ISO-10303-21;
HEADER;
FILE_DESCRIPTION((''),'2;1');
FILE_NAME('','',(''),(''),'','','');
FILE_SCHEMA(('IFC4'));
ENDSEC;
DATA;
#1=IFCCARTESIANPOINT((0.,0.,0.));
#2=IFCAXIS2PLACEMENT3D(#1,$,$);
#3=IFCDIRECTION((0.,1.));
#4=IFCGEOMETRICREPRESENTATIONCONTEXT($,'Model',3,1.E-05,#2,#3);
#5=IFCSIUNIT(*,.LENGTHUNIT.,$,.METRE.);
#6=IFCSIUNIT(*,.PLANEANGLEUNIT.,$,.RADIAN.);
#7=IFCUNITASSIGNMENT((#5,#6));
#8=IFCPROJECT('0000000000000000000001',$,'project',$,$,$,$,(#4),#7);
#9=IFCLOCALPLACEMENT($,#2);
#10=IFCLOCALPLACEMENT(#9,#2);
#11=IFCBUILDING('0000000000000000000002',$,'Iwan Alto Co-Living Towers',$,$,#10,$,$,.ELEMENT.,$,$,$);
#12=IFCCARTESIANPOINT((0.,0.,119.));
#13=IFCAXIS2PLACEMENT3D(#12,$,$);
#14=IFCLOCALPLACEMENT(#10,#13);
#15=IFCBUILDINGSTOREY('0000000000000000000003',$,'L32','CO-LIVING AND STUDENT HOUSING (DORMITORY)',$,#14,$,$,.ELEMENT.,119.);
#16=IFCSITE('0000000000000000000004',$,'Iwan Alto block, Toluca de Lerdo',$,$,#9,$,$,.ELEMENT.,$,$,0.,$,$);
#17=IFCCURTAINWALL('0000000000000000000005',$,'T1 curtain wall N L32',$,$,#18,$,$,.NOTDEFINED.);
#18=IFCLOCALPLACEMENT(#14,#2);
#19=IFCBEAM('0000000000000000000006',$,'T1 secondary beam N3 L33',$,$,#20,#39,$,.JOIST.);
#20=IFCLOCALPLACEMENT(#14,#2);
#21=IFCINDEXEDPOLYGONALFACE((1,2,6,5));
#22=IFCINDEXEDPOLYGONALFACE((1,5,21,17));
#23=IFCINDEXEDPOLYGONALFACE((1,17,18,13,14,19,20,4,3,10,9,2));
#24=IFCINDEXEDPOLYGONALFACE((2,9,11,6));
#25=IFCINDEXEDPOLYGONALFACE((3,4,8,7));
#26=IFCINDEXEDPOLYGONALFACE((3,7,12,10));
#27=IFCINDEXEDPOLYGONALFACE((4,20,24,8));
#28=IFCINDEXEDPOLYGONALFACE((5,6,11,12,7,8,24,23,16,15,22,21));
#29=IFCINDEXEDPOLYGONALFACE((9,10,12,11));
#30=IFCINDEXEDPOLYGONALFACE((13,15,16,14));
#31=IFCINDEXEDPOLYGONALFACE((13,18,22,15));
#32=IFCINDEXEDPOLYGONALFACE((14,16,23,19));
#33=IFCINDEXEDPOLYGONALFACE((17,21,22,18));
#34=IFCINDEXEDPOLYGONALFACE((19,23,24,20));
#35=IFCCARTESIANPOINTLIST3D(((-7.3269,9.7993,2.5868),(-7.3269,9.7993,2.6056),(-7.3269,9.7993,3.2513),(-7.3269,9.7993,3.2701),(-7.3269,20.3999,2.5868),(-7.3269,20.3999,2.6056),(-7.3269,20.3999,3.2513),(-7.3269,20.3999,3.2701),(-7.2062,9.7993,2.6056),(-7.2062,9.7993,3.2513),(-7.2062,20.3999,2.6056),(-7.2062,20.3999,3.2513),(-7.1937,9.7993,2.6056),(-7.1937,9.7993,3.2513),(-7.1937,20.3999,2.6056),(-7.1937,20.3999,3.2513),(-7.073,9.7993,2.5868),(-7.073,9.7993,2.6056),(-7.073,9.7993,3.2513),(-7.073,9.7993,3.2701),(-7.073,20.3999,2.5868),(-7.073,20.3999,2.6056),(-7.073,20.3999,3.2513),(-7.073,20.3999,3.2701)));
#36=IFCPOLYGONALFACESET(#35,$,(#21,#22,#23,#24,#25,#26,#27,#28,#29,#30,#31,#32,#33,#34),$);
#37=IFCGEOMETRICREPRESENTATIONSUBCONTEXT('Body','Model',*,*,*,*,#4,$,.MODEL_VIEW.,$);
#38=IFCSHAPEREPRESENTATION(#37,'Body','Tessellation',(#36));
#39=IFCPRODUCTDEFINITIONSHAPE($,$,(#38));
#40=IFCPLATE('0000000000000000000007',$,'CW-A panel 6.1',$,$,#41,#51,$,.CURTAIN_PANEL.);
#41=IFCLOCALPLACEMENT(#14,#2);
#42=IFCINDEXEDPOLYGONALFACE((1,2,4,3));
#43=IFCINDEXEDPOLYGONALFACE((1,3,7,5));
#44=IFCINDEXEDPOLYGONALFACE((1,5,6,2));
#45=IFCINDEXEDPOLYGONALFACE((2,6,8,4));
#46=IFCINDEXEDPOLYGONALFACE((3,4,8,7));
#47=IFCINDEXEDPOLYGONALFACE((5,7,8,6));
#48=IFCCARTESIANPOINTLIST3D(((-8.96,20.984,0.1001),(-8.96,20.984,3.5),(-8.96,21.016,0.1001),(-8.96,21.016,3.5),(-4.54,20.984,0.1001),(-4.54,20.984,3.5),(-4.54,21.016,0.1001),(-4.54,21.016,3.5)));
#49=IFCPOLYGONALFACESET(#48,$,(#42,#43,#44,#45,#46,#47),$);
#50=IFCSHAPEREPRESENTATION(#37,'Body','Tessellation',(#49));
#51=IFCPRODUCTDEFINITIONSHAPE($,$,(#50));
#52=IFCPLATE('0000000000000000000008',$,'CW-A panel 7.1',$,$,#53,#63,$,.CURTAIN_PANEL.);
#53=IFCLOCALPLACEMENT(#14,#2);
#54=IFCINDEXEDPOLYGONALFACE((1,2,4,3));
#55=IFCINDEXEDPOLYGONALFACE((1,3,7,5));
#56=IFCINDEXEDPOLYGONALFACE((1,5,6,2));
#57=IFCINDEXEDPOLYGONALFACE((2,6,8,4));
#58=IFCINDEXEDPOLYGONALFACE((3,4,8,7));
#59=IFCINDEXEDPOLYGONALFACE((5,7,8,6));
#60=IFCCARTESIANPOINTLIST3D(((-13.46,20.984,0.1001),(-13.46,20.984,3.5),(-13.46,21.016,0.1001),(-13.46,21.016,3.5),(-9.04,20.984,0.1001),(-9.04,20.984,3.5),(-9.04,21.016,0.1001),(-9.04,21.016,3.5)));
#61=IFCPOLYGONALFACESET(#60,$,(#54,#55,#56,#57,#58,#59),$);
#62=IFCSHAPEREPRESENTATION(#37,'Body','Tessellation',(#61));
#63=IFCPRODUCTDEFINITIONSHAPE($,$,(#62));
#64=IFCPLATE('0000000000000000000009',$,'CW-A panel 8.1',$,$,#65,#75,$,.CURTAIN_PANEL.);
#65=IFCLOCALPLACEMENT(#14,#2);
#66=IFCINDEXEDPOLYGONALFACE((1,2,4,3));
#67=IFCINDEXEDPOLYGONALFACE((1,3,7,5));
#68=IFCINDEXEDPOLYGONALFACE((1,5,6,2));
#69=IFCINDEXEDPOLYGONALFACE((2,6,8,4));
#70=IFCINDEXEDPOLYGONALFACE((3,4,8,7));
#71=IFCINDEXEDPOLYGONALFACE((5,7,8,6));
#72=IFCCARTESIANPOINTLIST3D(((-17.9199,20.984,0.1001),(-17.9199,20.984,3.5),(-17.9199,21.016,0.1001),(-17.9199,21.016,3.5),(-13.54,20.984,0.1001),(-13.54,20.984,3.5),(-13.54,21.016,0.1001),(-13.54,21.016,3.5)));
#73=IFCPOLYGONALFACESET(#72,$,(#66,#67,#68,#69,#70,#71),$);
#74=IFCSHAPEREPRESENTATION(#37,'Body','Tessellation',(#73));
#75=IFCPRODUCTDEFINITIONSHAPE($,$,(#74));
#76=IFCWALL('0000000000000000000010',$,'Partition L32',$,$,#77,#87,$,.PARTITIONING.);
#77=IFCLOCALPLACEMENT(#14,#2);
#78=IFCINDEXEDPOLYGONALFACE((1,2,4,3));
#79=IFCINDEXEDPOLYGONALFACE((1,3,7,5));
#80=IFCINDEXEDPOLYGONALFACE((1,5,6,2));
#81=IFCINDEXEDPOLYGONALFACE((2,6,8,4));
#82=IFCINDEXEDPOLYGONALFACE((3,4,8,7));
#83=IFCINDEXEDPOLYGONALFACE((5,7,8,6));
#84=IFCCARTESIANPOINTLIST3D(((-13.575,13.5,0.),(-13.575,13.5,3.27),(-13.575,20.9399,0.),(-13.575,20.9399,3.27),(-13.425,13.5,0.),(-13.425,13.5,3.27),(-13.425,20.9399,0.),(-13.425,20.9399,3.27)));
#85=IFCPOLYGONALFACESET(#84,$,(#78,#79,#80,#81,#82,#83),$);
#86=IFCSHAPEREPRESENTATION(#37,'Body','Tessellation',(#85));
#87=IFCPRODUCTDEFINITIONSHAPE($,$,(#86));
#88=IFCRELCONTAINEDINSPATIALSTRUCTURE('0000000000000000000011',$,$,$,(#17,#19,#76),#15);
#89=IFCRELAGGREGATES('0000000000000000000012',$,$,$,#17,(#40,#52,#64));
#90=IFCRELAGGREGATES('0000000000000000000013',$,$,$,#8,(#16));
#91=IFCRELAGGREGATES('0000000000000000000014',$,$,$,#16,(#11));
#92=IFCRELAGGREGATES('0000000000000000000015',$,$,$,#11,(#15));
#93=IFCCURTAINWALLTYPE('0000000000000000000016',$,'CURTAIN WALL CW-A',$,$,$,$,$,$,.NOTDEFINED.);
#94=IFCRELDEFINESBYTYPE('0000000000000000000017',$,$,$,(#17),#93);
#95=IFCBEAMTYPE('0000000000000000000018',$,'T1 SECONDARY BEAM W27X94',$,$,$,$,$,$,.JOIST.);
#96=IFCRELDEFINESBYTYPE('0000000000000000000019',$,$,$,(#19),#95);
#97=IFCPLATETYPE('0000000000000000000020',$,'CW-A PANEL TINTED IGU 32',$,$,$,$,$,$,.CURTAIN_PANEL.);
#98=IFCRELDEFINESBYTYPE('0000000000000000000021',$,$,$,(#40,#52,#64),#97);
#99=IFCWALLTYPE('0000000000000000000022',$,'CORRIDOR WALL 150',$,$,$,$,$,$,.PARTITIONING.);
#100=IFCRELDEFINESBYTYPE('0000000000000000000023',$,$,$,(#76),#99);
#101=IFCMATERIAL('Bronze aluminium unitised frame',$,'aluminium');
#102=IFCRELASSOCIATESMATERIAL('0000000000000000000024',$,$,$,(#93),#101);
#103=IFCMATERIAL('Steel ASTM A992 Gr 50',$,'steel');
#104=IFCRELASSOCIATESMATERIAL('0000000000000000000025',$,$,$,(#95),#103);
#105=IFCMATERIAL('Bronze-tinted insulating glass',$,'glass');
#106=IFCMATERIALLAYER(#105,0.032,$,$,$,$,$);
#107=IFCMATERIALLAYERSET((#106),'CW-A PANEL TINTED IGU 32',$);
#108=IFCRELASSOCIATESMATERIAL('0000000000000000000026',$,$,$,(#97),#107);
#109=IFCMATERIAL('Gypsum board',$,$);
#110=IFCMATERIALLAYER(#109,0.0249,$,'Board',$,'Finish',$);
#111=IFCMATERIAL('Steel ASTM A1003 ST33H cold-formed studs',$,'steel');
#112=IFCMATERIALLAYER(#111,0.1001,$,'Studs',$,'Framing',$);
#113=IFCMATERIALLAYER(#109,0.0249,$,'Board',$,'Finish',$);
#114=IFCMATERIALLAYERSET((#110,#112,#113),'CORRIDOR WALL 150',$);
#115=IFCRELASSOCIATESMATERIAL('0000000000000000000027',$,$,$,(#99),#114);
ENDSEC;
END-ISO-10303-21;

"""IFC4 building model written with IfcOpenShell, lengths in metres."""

from ifc_helpers import new_model, si_unit, direction, frame, frame_2d, origin, origin_2d, place, context, subcontext, project, spatial, rectangle, i_section, extrude, material, layer, layer_set, material_profile, profile_set, type_object, element, aggregate, save


model = new_model("IFC4")

# Units and contexts
model_context = context("Model", 3, precision=1e-05, world=origin(), true_north=direction((0.0, 1.0)))
body_context = subcontext(model_context, "Body", "Model", "MODEL_VIEW")
ifc_project = project(units=[si_unit("LENGTHUNIT", "METRE"), si_unit("PLANEANGLEUNIT", "RADIAN")], contexts=[model_context])

# Site, building, storey
site_placement = place(None, origin())
site = spatial("IfcSite", under=ifc_project, at=site_placement, Name="Iwan Alto block, Toluca de Lerdo", CompositionType="ELEMENT", RefElevation=0.0)
building_placement = place(site_placement, origin())
building = spatial("IfcBuilding", under=site, at=building_placement, Name="Iwan Alto Co-Living Towers", CompositionType="ELEMENT")
storey_placement = place(building_placement, frame((0.0, 0.0, 119.0)))
storey = spatial("IfcBuildingStorey", under=building, at=storey_placement, Name="L32", Description="CO-LIVING AND STUDENT HOUSING (DORMITORY)", CompositionType="ELEMENT", Elevation=119.0)

# Curtain wall
ifc_material_1 = material(Name="Bronze aluminium unitised frame", Category="aluminium")
curtain_wall_type_1 = type_object("IfcCurtainWallType", Name="CURTAIN WALL CW-A", PredefinedType="NOTDEFINED", material=ifc_material_1)
curtain_wall_1_placement = place(storey_placement, origin())
curtain_wall_1 = element("IfcCurtainWall", 1, at=curtain_wall_1_placement, inside=storey, type_object=curtain_wall_type_1, Name="T1 curtain wall N L32", PredefinedType="NOTDEFINED")

# Beam
ifc_material_2 = material(Name="Steel ASTM A992 Gr 50", Category="steel")
ifc_material_profile_1 = material_profile(ifc_material_2, i_section(OverallWidth=0.2539, OverallDepth=0.6833, WebThickness=0.0125, FlangeThickness=0.0188, at=origin_2d()), Name="W27X94")
ifc_profile_set_1 = profile_set([ifc_material_profile_1], Name="Steel ASTM A992 Gr 50")
beam_type_1 = type_object("IfcBeamType", Name="T1 SECONDARY BEAM W27X94", PredefinedType="JOIST", material=ifc_profile_set_1)
beam_1_placement = place(storey_placement, frame((-7.2, 20.3999, 2.9285), z_axis=(0.0, -1.0, 0.0), x_axis=(1.0, 0.0, 0.0)))
element("IfcBeam", 2, at=beam_1_placement, inside=storey, type_object=beam_type_1, Name="T1 secondary beam N3 L33", PredefinedType="JOIST", context=body_context, shape_type="SweptSolid", body=[
    extrude(i_section(OverallWidth=0.2539, OverallDepth=0.6833, WebThickness=0.0125, FlangeThickness=0.0188, at=origin_2d()), origin(), (0.0, 0.0, 1.0), 10.6006),
])

# Plates
ifc_material_3 = material(Name="Bronze-tinted insulating glass", Category="glass")
ifc_layer_1 = layer(ifc_material_3, 0.032)
ifc_layer_set_1 = layer_set([ifc_layer_1], Name="CW-A PANEL TINTED IGU 32")
plate_type = type_object("IfcPlateType", Name="CW-A PANEL TINTED IGU 32", PredefinedType="CURTAIN_PANEL", material=ifc_layer_set_1)
plate_1_placement = place(storey_placement, frame((-6.75, 21.0, 0.1001), z_axis=(0.0, 0.0, 1.0), x_axis=(-1.0, 0.0, 0.0)))
plate_1 = element("IfcPlate", 3, at=plate_1_placement, type_object=plate_type, Name="CW-A panel 6.1", PredefinedType="CURTAIN_PANEL", context=body_context, shape_type="SweptSolid", body=[
    extrude(rectangle(XDim=4.4199, YDim=0.032, at=origin_2d()), origin(), (0.0, 0.0, 1.0), 3.3999),
])
plate_2_placement = place(storey_placement, frame((-11.25, 21.0, 0.1001), z_axis=(0.0, 0.0, 1.0), x_axis=(-1.0, 0.0, 0.0)))
plate_2 = element("IfcPlate", 4, at=plate_2_placement, type_object=plate_type, Name="CW-A panel 7.1", PredefinedType="CURTAIN_PANEL", context=body_context, shape_type="SweptSolid", body=[
    extrude(rectangle(XDim=4.4199, YDim=0.032, at=origin_2d()), origin(), (0.0, 0.0, 1.0), 3.3999),
])
plate_3_placement = place(storey_placement, frame((-15.73, 21.0, 0.1001), z_axis=(0.0, 0.0, 1.0), x_axis=(-1.0, 0.0, 0.0)))
plate_3 = element("IfcPlate", 5, at=plate_3_placement, type_object=plate_type, Name="CW-A panel 8.1", PredefinedType="CURTAIN_PANEL", context=body_context, shape_type="SweptSolid", body=[
    extrude(rectangle(XDim=4.3799, YDim=0.032, at=origin_2d()), origin(), (0.0, 0.0, 1.0), 3.3999),
])
aggregate(curtain_wall_1, [plate_1, plate_2, plate_3])

# Wall
ifc_material_4 = material(Name="Gypsum board")
ifc_layer_2 = layer(ifc_material_4, 0.0249, Name="Board", Category="Finish")
ifc_material_5 = material(Name="Steel ASTM A1003 ST33H cold-formed studs", Category="steel")
ifc_layer_3 = layer(ifc_material_5, 0.1001, Name="Studs", Category="Framing")
ifc_layer_4 = layer(ifc_material_4, 0.0249, Name="Board", Category="Finish")
ifc_layer_set_2 = layer_set([ifc_layer_2, ifc_layer_3, ifc_layer_4], Name="CORRIDOR WALL 150")
wall_type_1 = type_object("IfcWallType", Name="CORRIDOR WALL 150", PredefinedType="PARTITIONING", material=ifc_layer_set_2)
wall_1_placement = place(storey_placement, frame((-13.5, 13.5, 0.0), z_axis=(0.0, 0.0, 1.0), x_axis=(0.0, 1.0, 0.0)))
element("IfcWall", 6, at=wall_1_placement, inside=storey, type_object=wall_type_1, Name="Partition L32", PredefinedType="PARTITIONING", context=body_context, shape_type="SweptSolid", body=[
    extrude(rectangle(XDim=7.4399, YDim=0.1499, at=frame_2d((3.72, 0.0))), origin(), (0.0, 0.0, 1.0), 3.27),
])

save(model, "model.ifc")
